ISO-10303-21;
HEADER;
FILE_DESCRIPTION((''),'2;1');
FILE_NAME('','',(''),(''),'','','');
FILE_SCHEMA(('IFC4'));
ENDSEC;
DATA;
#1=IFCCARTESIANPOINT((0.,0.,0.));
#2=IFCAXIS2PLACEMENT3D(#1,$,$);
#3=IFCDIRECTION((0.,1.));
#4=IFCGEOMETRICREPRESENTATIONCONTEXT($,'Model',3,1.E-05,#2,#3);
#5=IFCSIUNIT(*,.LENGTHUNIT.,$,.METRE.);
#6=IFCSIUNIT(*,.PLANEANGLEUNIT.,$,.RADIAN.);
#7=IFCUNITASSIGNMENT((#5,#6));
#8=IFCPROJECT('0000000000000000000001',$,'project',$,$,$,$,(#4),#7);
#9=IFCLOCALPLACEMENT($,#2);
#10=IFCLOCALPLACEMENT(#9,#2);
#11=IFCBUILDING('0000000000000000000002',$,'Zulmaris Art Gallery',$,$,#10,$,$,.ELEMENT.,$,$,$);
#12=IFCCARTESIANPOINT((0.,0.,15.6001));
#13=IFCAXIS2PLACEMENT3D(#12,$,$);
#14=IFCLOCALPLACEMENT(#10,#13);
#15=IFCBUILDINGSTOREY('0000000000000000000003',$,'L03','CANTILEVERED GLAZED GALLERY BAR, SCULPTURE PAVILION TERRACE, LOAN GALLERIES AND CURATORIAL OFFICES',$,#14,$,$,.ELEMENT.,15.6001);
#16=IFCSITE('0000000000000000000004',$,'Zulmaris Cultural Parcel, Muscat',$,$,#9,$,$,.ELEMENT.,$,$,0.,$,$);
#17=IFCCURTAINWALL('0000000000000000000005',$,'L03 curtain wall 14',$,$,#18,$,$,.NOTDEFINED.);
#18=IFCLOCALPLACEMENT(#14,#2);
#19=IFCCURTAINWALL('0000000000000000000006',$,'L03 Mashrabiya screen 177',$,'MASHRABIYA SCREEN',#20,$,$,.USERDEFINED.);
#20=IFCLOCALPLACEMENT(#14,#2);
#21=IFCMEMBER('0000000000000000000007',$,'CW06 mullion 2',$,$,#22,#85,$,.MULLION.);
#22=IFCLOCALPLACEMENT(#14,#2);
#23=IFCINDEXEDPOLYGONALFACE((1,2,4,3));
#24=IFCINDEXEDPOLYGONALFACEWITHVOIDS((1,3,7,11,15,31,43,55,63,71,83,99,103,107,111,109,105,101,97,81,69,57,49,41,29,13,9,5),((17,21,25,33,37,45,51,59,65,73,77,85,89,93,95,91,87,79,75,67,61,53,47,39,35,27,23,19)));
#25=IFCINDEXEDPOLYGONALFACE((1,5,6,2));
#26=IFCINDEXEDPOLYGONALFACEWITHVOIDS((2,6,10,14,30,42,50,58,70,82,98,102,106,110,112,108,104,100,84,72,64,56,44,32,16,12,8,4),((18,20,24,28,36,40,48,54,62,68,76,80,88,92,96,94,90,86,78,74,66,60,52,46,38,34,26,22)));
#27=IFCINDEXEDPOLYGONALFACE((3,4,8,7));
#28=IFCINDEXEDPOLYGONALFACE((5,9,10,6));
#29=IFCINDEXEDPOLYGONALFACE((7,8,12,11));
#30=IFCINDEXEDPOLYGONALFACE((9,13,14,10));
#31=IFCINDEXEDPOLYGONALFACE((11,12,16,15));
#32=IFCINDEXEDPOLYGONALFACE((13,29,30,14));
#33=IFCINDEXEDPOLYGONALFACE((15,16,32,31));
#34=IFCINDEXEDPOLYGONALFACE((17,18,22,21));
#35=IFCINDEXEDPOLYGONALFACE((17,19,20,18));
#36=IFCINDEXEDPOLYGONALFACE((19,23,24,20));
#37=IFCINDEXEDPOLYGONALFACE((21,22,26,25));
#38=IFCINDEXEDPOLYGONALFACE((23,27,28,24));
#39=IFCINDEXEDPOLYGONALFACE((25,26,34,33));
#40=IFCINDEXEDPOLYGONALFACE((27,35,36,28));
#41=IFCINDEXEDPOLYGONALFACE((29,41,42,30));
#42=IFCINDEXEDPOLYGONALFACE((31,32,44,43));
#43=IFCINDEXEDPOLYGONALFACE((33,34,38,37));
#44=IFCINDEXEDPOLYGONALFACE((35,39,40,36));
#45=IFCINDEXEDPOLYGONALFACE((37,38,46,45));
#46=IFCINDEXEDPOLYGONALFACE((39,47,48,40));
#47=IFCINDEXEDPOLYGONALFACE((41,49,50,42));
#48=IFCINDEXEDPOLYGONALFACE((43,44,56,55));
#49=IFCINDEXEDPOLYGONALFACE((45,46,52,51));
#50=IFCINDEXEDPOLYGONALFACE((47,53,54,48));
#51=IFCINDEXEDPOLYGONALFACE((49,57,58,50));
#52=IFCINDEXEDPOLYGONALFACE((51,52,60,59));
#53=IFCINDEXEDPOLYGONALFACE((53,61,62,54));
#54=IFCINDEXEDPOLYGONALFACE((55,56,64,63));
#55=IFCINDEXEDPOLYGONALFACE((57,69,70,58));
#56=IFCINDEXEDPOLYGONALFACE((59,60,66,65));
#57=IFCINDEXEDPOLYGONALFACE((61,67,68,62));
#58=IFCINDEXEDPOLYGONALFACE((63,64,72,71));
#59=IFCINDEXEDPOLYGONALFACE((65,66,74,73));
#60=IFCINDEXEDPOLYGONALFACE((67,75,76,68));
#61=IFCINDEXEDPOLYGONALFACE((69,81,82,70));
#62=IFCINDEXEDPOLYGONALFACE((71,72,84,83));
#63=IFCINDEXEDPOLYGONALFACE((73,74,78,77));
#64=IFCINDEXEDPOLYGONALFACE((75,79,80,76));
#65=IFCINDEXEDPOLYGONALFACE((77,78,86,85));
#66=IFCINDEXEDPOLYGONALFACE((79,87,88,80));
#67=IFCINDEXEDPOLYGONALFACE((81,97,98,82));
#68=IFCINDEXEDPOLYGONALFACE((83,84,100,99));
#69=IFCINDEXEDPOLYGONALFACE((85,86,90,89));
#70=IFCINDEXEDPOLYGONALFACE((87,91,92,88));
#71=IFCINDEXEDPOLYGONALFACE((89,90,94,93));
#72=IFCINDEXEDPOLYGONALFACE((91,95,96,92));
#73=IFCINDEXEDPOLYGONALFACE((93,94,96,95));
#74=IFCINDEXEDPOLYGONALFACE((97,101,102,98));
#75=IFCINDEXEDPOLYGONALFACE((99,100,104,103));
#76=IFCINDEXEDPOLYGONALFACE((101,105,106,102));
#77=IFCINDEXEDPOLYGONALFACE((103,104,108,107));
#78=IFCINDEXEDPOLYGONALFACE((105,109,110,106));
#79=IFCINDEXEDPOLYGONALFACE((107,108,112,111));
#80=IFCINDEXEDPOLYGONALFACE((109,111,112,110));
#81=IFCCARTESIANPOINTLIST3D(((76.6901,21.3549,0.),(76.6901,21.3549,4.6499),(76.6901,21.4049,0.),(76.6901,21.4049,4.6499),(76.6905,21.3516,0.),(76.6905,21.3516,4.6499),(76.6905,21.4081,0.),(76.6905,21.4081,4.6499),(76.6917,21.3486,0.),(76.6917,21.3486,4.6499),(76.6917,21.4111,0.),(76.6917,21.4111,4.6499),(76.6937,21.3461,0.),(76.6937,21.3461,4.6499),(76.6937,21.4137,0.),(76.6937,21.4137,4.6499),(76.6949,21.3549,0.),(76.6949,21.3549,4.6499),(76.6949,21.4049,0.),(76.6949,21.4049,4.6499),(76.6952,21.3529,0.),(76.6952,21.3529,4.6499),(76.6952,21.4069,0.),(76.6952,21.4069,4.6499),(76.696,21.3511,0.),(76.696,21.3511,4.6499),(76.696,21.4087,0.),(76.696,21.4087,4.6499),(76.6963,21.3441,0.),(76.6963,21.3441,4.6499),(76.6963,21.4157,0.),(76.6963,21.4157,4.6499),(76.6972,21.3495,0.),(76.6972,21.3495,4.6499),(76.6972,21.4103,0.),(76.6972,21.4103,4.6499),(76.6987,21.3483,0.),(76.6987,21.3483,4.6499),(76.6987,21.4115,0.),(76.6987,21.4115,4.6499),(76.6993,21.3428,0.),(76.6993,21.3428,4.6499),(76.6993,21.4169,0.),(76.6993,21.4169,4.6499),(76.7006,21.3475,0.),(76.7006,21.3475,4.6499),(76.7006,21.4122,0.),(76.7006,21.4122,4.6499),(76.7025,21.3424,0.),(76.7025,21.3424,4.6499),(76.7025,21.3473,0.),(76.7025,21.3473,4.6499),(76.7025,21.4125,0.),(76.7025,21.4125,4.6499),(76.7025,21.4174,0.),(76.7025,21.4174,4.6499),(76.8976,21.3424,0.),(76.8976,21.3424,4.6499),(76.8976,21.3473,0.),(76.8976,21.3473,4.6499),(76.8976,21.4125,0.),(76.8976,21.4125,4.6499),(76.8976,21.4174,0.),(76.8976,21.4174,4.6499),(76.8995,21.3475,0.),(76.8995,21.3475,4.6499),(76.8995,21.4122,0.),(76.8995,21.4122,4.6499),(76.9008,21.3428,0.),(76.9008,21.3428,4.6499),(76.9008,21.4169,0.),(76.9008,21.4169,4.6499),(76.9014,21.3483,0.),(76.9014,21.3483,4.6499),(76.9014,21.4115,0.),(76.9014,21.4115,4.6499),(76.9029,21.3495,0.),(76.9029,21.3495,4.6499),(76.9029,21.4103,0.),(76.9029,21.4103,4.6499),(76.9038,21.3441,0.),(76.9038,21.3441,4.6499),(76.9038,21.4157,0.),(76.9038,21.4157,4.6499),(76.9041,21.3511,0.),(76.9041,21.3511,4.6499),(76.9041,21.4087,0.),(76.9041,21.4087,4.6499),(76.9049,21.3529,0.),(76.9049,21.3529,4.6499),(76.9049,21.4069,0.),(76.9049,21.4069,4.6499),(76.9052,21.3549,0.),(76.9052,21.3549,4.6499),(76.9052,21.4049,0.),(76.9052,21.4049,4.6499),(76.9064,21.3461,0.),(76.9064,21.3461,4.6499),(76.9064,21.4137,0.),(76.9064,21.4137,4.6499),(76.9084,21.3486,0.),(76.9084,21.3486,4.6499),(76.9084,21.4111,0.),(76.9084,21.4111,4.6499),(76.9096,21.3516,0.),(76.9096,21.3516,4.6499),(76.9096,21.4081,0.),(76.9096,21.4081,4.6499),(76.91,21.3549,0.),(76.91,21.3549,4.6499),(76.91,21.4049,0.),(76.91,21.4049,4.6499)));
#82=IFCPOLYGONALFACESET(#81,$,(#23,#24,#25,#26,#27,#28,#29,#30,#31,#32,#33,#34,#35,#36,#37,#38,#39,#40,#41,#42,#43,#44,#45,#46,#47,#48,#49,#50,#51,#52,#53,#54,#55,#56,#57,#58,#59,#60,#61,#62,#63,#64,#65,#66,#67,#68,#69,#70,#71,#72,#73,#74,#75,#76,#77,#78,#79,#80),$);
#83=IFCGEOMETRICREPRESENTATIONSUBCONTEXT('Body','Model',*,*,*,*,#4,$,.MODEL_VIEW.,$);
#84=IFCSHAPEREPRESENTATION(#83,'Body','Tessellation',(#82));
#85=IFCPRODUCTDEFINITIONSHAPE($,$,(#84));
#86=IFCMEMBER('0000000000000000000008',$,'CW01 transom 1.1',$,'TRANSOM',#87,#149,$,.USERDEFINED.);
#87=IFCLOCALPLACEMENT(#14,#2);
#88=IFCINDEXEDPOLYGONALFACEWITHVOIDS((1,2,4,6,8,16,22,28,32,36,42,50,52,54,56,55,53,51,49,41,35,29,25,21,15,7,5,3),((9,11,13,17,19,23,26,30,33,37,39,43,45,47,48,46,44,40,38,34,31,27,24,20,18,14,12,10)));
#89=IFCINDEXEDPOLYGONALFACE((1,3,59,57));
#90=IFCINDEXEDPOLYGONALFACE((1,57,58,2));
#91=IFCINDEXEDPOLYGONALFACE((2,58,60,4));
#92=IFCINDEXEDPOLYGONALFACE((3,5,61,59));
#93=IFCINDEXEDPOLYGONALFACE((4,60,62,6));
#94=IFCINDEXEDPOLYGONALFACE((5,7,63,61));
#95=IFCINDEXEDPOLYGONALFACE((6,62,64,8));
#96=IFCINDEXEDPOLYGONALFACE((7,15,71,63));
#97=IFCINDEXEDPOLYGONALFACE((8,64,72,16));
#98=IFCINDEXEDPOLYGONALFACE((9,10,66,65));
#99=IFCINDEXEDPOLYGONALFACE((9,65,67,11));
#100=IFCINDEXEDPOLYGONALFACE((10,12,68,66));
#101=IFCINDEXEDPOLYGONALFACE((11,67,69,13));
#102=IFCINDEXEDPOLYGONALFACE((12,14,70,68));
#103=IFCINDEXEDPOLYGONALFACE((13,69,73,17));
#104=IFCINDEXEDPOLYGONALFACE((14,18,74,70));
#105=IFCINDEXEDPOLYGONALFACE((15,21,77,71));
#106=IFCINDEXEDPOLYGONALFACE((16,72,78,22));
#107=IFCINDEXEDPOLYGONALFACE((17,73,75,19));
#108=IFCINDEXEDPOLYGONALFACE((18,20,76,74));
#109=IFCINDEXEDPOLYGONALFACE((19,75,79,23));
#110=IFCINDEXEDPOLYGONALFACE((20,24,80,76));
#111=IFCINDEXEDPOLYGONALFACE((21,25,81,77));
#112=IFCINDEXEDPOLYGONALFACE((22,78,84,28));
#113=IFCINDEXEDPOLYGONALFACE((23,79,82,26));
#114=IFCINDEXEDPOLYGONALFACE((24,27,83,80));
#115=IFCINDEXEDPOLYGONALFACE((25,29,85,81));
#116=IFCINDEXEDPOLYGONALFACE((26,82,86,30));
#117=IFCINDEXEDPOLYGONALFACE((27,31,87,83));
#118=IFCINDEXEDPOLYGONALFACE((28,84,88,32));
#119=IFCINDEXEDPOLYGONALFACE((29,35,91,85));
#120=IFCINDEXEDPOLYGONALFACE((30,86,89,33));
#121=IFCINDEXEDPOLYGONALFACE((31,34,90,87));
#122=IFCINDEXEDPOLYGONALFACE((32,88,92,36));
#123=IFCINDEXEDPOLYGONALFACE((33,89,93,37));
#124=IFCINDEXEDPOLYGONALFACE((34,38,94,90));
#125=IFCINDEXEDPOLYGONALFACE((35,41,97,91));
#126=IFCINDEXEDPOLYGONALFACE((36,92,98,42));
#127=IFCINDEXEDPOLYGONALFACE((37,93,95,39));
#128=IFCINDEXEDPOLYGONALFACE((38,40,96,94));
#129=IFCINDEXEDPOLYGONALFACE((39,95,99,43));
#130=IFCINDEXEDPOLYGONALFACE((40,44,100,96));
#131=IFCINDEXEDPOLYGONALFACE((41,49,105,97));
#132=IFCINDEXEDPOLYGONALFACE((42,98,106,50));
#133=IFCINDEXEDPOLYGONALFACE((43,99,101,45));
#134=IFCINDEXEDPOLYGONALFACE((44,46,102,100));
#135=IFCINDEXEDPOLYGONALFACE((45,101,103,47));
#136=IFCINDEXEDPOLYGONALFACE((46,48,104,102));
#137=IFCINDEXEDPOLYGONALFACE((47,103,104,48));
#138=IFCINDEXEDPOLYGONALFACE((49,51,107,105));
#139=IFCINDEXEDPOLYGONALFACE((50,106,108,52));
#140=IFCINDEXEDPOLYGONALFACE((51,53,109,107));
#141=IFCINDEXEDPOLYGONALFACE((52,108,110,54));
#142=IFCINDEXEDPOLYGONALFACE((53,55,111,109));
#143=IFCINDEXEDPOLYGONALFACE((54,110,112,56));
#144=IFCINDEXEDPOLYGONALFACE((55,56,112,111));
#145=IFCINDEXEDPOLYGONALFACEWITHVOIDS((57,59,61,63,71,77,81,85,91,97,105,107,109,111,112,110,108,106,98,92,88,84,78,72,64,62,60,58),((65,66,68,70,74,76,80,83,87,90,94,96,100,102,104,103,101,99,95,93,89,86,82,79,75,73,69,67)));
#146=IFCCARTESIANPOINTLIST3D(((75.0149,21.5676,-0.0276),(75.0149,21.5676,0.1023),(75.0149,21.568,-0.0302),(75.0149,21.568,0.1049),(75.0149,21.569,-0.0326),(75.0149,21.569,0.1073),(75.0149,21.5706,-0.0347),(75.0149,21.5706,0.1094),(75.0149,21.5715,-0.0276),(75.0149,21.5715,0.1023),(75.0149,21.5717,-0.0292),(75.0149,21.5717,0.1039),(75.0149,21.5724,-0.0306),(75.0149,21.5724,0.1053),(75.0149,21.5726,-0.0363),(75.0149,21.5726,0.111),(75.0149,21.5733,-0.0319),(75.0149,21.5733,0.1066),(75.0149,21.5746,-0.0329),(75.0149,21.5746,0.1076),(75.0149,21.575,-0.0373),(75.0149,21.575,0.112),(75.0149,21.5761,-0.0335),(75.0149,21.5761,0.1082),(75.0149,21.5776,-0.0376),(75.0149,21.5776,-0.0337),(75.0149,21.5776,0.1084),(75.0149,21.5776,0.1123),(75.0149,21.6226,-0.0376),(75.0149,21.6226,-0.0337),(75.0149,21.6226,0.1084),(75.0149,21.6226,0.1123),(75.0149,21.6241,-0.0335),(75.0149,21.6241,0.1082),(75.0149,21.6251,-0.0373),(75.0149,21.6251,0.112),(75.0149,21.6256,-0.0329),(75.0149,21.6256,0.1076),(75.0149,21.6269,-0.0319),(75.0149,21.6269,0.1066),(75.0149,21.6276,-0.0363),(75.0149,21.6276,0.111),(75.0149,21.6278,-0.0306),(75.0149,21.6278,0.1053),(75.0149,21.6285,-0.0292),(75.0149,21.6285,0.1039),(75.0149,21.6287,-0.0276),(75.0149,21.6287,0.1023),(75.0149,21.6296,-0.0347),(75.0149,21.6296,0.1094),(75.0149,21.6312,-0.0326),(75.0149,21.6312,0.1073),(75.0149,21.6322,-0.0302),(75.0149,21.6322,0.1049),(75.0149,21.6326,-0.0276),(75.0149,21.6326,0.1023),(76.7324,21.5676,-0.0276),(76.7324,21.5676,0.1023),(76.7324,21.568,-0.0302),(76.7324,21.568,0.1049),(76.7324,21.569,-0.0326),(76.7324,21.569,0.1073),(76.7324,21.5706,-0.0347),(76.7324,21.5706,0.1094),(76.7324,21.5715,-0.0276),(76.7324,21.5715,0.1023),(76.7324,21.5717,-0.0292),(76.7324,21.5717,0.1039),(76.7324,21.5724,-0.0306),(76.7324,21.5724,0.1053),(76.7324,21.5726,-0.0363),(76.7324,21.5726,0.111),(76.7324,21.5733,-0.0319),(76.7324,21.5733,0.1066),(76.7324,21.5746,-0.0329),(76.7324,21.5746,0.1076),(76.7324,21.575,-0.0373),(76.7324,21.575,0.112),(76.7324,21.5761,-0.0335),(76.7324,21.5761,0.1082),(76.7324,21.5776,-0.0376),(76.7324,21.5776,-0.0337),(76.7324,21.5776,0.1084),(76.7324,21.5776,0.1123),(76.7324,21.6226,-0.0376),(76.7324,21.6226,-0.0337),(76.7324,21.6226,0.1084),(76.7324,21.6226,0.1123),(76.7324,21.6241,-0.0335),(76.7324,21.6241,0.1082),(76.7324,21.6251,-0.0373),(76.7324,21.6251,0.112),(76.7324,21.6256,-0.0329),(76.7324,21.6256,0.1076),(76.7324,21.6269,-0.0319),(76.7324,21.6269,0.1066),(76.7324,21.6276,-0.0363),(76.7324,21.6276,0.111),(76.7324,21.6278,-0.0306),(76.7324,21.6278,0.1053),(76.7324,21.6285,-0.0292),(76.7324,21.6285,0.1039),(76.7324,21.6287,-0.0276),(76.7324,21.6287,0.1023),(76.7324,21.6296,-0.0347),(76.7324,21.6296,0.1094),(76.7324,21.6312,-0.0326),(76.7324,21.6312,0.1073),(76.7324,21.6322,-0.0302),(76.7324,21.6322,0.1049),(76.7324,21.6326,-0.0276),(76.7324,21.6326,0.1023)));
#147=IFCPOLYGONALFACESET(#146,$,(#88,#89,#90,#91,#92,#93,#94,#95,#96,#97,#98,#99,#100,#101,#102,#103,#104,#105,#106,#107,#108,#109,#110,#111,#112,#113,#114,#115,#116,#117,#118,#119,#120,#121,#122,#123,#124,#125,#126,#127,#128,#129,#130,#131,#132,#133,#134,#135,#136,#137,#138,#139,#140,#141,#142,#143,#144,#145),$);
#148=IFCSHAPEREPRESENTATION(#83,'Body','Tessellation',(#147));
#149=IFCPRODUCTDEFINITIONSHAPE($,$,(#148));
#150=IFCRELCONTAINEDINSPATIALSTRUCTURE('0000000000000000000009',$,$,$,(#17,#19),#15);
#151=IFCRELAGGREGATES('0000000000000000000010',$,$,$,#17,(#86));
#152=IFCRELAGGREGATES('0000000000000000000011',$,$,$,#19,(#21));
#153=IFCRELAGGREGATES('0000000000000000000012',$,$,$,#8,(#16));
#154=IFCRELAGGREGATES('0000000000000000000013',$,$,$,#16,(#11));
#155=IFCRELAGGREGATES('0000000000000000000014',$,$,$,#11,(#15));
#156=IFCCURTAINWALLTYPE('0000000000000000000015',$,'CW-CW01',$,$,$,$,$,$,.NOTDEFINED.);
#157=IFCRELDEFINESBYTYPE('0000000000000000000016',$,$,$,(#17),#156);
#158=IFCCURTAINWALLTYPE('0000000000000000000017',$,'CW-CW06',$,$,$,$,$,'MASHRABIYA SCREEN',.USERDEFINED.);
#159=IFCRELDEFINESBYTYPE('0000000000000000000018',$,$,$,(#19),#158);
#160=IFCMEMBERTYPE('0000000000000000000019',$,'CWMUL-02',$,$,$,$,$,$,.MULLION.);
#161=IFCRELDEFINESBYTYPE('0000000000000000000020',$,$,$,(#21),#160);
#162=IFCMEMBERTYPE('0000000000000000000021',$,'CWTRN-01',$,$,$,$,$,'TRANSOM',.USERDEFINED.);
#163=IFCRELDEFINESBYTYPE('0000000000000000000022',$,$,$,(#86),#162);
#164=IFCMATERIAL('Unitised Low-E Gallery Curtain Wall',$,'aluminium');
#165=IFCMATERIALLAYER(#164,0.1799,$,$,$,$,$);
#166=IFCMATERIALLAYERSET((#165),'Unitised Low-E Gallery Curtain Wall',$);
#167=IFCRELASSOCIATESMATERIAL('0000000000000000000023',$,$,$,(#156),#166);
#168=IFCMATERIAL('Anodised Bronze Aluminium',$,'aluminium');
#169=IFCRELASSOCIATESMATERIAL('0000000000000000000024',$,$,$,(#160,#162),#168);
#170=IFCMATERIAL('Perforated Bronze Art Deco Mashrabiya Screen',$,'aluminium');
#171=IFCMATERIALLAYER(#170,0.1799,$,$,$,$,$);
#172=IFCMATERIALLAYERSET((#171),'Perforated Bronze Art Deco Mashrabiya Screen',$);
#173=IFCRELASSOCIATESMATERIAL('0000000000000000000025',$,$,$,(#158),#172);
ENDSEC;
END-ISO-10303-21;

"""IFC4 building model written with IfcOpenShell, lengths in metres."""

from ifc_helpers import new_model, si_unit, direction, frame, origin, origin_2d, place, context, subcontext, project, spatial, hollow_rectangle, extrude, material, layer, layer_set, material_profile, profile_set, type_object, element, aggregate, save


model = new_model("IFC4")

# Units and contexts
model_context = context("Model", 3, precision=1e-05, world=origin(), true_north=direction((0.0, 1.0)))
body_context = subcontext(model_context, "Body", "Model", "MODEL_VIEW")
ifc_project = project(units=[si_unit("LENGTHUNIT", "METRE"), si_unit("PLANEANGLEUNIT", "RADIAN")], contexts=[model_context])

# Site, building, storey
site_placement = place(None, origin())
site = spatial("IfcSite", under=ifc_project, at=site_placement, Name="Zulmaris Cultural Parcel, Muscat", CompositionType="ELEMENT", RefElevation=0.0)
building_placement = place(site_placement, origin())
building = spatial("IfcBuilding", under=site, at=building_placement, Name="Zulmaris Art Gallery", CompositionType="ELEMENT")
storey_placement = place(building_placement, frame((0.0, 0.0, 15.6001)))
storey = spatial("IfcBuildingStorey", under=building, at=storey_placement, Name="L03", Description="CANTILEVERED GLAZED GALLERY BAR, SCULPTURE PAVILION TERRACE, LOAN GALLERIES AND CURATORIAL OFFICES", CompositionType="ELEMENT", Elevation=15.6001)

# Curtain wall
ifc_material_1 = material(Name="Unitised Low-E Gallery Curtain Wall", Category="aluminium")
ifc_layer_1 = layer(ifc_material_1, 0.1799)
ifc_layer_set_1 = layer_set([ifc_layer_1], Name="Unitised Low-E Gallery Curtain Wall")
curtain_wall_type_1 = type_object("IfcCurtainWallType", Name="CW-CW01", PredefinedType="NOTDEFINED", material=ifc_layer_set_1)
curtain_wall_1_placement = place(storey_placement, origin())
curtain_wall_1 = element("IfcCurtainWall", 1, at=curtain_wall_1_placement, inside=storey, type_object=curtain_wall_type_1, Name="L03 curtain wall 14", PredefinedType="NOTDEFINED")
ifc_material_2 = material(Name="Anodised Bronze Aluminium", Category="aluminium")
ifc_material_profile_1 = material_profile(ifc_material_2, hollow_rectangle(XDim=0.075, YDim=0.22, WallThickness=0.0049, InnerFilletRadius=0.0076, OuterFilletRadius=0.0125, at=origin_2d()), Name="ALU 75x220x5")
ifc_profile_set_1 = profile_set([ifc_material_profile_1], Name="Anodised Bronze Aluminium")
member_type_1 = type_object("IfcMemberType", Name="CWMUL-02", PredefinedType="MULLION", material=ifc_profile_set_1)

# Shared definitions
ifc_material_3 = material(Name="Perforated Bronze Art Deco Mashrabiya Screen", Category="aluminium")
ifc_layer_2 = layer(ifc_material_3, 0.1799)
ifc_layer_set_2 = layer_set([ifc_layer_2], Name="Perforated Bronze Art Deco Mashrabiya Screen")
curtain_wall_type_2 = type_object("IfcCurtainWallType", Name="CW-CW06", ElementType="MASHRABIYA SCREEN", PredefinedType="USERDEFINED", material=ifc_layer_set_2)

# Curtain wall, member
curtain_wall_2_placement = place(storey_placement, origin())
curtain_wall_2 = element("IfcCurtainWall", 2, at=curtain_wall_2_placement, inside=storey, type_object=curtain_wall_type_2, Name="L03 Mashrabiya screen 177", ObjectType="MASHRABIYA SCREEN", PredefinedType="USERDEFINED")
member_1_placement = place(storey_placement, frame((76.8, 21.3799, 0.0), z_axis=(0.0, 0.0, 1.0), x_axis=(0.0, 1.0, 0.0)))
member_1 = element("IfcMember", 3, at=member_1_placement, type_object=member_type_1, Name="CW06 mullion 2", PredefinedType="MULLION", context=body_context, shape_type="SweptSolid", body=[
    extrude(hollow_rectangle(XDim=0.075, YDim=0.22, WallThickness=0.0049, InnerFilletRadius=0.0076, OuterFilletRadius=0.0125, at=origin_2d()), origin(), (0.0, 0.0, 1.0), 4.6499),
])

# Member
ifc_material_profile_2 = material_profile(ifc_material_2, hollow_rectangle(XDim=0.0649, YDim=0.1499, WallThickness=0.0039, InnerFilletRadius=0.0061, OuterFilletRadius=0.01, at=origin_2d()), Name="ALU 65x150x4")
ifc_profile_set_2 = profile_set([ifc_material_profile_2], Name="Anodised Bronze Aluminium")
member_type_2 = type_object("IfcMemberType", Name="CWTRN-01", ElementType="TRANSOM", PredefinedType="USERDEFINED", material=ifc_profile_set_2)
member_2_placement = place(storey_placement, frame((75.0149, 21.6001, 0.0374), z_axis=(1.0, 0.0, 0.0), x_axis=(0.0, 1.0, 0.0)))
member_2 = element("IfcMember", 4, at=member_2_placement, type_object=member_type_2, Name="CW01 transom 1.1", ObjectType="TRANSOM", PredefinedType="USERDEFINED", context=body_context, shape_type="SweptSolid", body=[
    extrude(hollow_rectangle(XDim=0.0649, YDim=0.1499, WallThickness=0.0039, InnerFilletRadius=0.0061, OuterFilletRadius=0.01, at=origin_2d()), origin(), (0.0, 0.0, 1.0), 1.7175),
])

aggregate(curtain_wall_1, [member_2])
aggregate(curtain_wall_2, [member_1])

save(model, "model.ifc")
